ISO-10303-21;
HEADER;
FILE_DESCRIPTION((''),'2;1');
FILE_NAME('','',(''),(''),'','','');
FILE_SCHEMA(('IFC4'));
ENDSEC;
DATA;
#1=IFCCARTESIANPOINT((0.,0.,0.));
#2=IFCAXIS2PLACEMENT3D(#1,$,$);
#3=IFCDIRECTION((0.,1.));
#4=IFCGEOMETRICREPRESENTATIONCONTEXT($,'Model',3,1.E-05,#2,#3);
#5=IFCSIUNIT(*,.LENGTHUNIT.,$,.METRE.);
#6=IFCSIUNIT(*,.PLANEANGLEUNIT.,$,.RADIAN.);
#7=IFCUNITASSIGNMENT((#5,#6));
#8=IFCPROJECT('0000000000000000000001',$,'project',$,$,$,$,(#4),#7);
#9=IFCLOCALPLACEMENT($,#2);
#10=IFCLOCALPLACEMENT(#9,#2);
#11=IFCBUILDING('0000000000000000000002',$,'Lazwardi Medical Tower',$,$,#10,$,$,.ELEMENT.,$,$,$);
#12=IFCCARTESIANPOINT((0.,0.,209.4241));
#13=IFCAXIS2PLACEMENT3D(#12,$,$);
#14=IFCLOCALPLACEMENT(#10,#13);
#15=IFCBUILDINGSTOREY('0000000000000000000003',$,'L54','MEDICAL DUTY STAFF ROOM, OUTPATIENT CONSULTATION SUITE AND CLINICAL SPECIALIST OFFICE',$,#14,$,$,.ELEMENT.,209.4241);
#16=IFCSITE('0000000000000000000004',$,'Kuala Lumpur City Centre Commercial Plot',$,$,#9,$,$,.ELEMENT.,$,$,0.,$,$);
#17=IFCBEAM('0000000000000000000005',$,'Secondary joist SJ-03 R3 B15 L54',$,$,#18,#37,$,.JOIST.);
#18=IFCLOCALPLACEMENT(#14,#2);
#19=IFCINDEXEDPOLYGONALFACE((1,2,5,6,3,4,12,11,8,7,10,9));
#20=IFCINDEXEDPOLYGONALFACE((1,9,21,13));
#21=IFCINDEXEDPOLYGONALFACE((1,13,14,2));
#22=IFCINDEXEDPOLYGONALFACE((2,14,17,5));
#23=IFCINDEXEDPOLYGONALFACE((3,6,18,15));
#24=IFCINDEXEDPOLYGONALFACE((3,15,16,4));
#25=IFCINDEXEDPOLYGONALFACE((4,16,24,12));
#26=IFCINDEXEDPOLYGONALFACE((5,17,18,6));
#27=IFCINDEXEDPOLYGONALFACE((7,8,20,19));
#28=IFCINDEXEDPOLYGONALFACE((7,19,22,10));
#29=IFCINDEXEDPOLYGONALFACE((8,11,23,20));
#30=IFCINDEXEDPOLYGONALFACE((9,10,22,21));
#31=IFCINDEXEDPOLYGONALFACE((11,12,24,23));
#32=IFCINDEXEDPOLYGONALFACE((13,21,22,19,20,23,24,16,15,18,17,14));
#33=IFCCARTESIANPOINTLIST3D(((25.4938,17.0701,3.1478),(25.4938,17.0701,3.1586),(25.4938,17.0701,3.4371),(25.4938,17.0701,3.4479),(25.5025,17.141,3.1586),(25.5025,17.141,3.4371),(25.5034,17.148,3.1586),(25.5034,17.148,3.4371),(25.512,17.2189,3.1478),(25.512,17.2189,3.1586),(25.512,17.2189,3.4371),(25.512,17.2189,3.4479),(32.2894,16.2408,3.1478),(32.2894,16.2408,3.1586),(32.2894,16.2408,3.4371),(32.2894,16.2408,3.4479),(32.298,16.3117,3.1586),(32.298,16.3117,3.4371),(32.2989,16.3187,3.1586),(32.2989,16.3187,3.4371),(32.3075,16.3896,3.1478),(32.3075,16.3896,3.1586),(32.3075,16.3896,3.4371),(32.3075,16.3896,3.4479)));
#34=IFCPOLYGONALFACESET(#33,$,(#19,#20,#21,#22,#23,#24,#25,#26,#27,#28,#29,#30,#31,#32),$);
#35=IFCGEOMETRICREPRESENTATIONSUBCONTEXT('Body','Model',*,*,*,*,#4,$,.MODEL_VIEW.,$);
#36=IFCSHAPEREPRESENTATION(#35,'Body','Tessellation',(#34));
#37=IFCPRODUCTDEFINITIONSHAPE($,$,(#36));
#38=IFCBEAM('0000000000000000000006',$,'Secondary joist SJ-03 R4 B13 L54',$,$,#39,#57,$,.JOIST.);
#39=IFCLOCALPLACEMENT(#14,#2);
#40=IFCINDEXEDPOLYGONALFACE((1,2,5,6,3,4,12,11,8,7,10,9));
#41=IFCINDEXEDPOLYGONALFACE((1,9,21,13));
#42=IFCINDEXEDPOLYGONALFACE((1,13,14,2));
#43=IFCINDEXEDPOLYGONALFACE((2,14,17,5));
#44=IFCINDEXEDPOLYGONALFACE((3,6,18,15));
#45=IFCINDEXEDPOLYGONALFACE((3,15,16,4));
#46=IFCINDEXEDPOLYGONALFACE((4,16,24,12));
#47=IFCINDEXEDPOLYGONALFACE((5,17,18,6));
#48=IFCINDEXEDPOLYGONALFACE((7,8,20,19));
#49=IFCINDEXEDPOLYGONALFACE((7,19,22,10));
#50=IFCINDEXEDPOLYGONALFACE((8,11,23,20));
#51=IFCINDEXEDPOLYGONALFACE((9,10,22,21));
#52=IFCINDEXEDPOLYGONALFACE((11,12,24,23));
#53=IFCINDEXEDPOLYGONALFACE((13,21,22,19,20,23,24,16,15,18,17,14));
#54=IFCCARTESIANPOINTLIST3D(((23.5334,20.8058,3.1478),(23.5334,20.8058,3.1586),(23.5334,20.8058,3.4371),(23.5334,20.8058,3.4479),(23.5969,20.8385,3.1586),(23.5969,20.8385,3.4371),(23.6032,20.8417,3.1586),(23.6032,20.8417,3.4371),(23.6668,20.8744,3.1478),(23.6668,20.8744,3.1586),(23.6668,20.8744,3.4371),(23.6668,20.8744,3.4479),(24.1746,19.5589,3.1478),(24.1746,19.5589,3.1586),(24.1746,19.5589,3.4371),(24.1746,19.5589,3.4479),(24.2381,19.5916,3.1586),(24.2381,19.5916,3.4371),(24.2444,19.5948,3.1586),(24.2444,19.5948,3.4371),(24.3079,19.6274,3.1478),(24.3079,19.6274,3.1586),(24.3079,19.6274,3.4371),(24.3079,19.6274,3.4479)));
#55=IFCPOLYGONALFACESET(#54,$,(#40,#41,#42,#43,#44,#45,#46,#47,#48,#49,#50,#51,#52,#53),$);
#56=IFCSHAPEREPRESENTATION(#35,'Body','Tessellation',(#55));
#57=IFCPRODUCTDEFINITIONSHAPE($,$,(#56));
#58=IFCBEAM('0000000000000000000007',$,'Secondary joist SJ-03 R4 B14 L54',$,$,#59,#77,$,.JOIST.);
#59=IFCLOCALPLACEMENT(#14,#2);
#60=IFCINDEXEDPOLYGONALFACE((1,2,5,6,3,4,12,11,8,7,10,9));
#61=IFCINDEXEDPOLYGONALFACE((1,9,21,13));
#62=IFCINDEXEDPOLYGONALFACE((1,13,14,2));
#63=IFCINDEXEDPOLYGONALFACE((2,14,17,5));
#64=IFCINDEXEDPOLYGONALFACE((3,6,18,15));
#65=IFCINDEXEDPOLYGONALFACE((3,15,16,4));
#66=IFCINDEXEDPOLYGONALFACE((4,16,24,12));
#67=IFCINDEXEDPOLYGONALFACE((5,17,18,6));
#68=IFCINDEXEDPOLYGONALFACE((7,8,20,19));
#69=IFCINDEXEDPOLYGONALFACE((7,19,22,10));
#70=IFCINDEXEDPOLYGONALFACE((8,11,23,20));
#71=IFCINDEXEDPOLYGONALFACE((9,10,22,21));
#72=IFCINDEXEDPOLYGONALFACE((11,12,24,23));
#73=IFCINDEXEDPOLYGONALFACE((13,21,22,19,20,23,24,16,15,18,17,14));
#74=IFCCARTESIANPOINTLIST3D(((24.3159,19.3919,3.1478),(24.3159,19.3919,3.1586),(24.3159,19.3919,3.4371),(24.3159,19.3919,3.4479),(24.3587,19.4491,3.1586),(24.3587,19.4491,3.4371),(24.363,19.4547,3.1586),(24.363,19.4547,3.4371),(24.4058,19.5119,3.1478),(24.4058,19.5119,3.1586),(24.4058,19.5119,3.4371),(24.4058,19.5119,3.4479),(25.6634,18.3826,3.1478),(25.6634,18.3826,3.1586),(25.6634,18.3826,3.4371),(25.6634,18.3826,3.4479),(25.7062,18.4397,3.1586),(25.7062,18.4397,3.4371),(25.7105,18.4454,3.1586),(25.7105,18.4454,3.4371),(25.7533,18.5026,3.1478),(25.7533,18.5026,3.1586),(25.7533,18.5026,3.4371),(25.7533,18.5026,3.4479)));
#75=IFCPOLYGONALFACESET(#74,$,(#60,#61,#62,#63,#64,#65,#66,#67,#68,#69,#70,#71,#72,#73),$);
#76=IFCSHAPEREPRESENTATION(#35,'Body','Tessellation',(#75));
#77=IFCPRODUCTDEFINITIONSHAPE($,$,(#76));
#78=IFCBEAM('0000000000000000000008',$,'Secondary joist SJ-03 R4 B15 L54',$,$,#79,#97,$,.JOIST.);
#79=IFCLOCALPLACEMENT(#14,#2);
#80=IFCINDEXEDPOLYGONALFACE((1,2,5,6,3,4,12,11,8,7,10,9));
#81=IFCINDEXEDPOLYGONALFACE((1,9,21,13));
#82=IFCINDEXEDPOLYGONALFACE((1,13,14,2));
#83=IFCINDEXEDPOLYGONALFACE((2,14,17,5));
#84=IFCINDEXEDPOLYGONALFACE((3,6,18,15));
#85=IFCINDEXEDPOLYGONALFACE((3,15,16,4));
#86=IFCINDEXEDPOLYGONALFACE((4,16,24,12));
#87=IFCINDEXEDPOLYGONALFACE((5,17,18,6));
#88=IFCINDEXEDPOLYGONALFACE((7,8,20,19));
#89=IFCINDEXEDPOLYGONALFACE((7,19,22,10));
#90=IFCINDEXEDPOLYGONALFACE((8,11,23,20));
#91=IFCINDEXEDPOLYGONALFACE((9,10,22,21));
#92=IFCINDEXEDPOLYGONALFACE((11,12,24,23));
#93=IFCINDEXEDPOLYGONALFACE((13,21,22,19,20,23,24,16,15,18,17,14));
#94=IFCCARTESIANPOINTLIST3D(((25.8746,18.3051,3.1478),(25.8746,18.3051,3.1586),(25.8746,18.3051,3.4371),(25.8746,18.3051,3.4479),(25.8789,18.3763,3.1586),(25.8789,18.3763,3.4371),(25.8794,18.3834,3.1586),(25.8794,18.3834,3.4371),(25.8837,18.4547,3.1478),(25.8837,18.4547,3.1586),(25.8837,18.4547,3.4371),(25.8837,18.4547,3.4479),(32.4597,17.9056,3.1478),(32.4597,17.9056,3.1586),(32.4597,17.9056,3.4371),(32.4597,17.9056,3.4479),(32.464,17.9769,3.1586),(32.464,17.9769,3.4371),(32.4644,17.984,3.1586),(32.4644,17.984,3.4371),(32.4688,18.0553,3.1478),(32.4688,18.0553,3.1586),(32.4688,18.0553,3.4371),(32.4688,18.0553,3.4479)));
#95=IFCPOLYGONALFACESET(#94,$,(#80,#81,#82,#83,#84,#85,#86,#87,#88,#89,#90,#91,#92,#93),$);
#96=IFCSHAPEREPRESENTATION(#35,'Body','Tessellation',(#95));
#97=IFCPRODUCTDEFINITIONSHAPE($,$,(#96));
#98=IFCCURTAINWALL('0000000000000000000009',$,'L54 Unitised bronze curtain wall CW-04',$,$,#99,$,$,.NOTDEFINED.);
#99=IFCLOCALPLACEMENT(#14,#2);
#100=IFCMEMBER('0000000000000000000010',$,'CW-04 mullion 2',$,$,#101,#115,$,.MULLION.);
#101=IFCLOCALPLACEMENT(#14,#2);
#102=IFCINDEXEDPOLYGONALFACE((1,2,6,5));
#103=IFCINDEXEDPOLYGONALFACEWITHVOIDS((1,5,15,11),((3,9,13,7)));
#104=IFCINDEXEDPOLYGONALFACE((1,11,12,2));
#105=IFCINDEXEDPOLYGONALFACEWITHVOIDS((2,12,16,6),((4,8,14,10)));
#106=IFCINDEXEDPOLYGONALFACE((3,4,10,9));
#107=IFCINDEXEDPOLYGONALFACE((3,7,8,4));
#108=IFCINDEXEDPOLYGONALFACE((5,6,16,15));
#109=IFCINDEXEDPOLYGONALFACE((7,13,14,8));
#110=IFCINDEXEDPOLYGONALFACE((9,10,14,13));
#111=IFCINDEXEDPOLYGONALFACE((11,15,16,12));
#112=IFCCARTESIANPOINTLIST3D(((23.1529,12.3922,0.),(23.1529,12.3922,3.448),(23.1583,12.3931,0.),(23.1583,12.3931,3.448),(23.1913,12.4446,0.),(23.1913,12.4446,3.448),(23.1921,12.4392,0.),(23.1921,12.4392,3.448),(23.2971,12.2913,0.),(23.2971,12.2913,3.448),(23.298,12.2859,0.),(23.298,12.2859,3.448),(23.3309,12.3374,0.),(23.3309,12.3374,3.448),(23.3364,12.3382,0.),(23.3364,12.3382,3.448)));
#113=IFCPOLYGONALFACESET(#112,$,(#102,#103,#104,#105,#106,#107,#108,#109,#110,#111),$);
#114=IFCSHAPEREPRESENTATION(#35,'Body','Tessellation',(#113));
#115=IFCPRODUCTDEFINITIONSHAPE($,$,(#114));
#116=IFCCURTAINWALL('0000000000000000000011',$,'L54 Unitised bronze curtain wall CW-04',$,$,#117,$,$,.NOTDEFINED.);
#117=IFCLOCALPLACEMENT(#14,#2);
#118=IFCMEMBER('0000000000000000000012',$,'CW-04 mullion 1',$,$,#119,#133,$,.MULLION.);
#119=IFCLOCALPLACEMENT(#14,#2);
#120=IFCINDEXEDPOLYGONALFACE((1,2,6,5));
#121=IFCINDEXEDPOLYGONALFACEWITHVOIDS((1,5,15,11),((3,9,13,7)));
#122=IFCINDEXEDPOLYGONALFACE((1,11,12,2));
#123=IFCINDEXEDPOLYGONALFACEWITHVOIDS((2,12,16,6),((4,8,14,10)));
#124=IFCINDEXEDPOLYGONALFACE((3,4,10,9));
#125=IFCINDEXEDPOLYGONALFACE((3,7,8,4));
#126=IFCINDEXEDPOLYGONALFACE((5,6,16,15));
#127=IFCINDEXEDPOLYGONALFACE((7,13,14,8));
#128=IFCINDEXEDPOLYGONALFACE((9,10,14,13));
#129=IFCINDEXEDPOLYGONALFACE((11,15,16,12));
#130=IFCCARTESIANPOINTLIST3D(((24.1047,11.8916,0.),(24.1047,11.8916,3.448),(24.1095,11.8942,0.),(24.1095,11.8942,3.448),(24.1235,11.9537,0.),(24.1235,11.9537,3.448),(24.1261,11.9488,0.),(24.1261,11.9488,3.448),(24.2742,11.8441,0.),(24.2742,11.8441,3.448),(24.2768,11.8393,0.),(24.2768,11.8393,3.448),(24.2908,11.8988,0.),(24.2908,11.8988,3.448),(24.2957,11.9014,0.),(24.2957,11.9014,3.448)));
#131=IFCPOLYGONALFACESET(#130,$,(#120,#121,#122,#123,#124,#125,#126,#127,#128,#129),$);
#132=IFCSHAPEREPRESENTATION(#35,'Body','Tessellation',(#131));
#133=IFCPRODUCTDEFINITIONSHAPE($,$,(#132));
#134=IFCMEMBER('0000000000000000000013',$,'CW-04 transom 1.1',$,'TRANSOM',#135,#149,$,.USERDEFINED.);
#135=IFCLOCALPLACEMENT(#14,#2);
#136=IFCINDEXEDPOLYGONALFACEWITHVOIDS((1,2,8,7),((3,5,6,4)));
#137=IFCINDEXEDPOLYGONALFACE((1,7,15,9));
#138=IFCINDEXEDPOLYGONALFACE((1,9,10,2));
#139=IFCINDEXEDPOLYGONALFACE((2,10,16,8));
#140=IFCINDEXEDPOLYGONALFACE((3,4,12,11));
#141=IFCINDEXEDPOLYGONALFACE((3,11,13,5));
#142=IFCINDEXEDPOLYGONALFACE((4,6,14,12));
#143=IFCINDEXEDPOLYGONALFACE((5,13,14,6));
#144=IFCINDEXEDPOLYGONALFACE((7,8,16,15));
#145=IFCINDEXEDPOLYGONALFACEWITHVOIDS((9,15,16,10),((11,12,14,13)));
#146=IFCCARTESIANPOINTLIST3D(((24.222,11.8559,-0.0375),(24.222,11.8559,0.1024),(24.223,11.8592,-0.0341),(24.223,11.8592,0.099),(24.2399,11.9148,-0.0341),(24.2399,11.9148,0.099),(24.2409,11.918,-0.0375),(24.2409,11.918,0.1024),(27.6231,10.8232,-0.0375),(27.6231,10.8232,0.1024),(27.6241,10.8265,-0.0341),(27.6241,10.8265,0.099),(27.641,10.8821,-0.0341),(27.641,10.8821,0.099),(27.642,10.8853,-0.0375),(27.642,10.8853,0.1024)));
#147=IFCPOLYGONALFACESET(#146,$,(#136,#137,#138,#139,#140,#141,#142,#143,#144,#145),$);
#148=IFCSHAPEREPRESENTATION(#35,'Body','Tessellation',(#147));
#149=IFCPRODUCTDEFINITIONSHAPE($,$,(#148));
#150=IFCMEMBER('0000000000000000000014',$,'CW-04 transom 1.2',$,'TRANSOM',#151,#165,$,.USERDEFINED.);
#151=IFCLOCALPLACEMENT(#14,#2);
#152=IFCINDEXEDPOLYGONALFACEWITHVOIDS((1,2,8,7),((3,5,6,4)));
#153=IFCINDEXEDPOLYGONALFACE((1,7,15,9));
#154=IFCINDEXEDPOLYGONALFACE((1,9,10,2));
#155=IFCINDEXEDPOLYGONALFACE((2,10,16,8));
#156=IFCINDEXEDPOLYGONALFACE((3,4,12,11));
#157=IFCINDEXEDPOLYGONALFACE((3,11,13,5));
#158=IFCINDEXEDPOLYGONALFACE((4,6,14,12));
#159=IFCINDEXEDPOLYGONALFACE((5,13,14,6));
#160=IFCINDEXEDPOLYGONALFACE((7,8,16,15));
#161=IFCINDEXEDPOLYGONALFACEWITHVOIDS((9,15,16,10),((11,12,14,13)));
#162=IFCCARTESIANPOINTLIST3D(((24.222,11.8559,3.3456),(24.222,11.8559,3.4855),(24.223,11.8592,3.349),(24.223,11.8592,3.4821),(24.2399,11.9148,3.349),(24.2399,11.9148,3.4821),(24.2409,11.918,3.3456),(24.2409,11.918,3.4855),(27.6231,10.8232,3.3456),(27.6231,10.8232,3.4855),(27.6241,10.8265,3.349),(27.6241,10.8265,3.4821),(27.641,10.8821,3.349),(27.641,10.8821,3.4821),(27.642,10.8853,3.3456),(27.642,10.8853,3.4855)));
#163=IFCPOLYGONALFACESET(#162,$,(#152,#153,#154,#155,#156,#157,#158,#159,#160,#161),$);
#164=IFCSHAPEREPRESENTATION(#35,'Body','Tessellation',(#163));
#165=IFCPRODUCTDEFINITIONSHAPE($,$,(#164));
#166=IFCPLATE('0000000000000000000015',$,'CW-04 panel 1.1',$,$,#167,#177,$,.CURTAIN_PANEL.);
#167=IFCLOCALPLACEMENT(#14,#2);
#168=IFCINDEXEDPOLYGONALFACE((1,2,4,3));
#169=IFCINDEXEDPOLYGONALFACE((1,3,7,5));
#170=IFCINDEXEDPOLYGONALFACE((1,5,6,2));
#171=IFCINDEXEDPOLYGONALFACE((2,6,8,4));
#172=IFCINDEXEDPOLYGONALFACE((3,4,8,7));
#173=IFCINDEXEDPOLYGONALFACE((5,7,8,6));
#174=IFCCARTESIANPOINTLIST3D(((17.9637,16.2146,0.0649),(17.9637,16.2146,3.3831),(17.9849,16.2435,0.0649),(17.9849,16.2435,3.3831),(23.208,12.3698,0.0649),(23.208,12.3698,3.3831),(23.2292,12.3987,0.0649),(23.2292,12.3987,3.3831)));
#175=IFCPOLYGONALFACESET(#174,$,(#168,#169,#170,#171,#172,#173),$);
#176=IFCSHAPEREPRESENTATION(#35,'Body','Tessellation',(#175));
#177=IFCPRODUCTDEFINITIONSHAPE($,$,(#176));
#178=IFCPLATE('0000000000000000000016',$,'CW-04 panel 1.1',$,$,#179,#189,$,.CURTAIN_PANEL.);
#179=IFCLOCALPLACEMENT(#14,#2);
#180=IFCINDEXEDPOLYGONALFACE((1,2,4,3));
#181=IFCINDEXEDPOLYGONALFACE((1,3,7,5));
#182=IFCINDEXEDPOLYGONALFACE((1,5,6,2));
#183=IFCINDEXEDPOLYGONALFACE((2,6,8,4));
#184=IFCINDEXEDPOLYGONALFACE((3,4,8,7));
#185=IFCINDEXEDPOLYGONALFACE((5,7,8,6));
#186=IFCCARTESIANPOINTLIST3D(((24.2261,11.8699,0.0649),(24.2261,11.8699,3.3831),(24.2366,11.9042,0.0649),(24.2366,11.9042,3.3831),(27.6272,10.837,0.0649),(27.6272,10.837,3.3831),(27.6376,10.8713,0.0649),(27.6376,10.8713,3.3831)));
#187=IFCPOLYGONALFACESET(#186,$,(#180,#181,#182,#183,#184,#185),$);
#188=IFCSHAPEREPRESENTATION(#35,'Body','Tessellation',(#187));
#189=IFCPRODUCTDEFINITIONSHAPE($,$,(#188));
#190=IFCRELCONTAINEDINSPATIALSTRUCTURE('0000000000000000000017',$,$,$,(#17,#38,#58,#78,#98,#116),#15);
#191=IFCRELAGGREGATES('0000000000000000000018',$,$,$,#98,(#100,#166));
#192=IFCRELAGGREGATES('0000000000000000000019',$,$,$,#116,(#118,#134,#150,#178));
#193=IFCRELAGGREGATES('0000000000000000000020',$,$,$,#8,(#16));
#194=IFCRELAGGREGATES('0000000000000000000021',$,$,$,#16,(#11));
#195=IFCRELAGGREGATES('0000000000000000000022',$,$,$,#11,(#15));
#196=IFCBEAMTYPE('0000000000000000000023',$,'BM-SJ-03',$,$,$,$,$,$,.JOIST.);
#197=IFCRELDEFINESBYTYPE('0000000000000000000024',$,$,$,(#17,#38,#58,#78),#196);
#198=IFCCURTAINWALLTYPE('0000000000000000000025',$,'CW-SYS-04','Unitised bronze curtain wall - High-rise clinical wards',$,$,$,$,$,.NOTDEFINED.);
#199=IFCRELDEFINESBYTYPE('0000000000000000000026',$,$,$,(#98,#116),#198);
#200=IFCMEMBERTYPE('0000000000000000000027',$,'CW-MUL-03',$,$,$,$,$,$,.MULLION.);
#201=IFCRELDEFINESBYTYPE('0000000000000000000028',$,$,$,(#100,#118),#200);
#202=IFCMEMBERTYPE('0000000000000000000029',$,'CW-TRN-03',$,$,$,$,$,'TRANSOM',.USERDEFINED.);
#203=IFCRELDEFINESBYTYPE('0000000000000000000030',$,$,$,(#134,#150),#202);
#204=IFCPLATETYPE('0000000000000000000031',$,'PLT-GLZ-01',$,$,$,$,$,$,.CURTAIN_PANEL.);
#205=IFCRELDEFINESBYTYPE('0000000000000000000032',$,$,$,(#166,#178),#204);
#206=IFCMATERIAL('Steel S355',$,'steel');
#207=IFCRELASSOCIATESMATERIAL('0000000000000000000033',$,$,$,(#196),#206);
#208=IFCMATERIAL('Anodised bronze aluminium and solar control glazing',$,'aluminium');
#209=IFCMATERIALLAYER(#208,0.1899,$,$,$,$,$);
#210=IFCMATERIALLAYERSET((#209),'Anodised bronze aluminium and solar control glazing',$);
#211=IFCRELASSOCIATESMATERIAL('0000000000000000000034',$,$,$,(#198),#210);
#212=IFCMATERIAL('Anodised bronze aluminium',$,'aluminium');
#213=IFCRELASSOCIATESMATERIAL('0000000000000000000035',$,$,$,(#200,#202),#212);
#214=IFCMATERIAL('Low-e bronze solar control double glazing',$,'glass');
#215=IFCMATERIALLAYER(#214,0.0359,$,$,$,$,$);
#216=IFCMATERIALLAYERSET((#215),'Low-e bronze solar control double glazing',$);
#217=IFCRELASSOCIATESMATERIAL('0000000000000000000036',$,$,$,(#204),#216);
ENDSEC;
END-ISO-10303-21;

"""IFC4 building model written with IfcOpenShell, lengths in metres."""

from ifc_helpers import new_model, si_unit, direction, frame, origin, origin_2d, place, context, subcontext, project, spatial, rectangle, hollow_rectangle, i_section, extrude, material, layer, layer_set, material_profile, profile_set, type_object, element, aggregate, save


model = new_model("IFC4")

# Units and contexts
model_context = context("Model", 3, precision=1e-05, world=origin(), true_north=direction((0.0, 1.0)))
body_context = subcontext(model_context, "Body", "Model", "MODEL_VIEW")
ifc_project = project(units=[si_unit("LENGTHUNIT", "METRE"), si_unit("PLANEANGLEUNIT", "RADIAN")], contexts=[model_context])

# Site, building, storey
site_placement = place(None, origin())
site = spatial("IfcSite", under=ifc_project, at=site_placement, Name="Kuala Lumpur City Centre Commercial Plot", CompositionType="ELEMENT", RefElevation=0.0)
building_placement = place(site_placement, origin())
building = spatial("IfcBuilding", under=site, at=building_placement, Name="Lazwardi Medical Tower", CompositionType="ELEMENT")
storey_placement = place(building_placement, frame((0.0, 0.0, 209.4241)))
storey = spatial("IfcBuildingStorey", under=building, at=storey_placement, Name="L54", Description="MEDICAL DUTY STAFF ROOM, OUTPATIENT CONSULTATION SUITE AND CLINICAL SPECIALIST OFFICE", CompositionType="ELEMENT", Elevation=209.4241)

# Beams
ifc_material_1 = material(Name="Steel S355", Category="steel")
ifc_material_profile_1 = material_profile(ifc_material_1, i_section(OverallWidth=0.1499, OverallDepth=0.3, WebThickness=0.0071, FlangeThickness=0.0107, at=origin_2d()), Name="IPE 300")
ifc_profile_set_1 = profile_set([ifc_material_profile_1], Name="Steel S355")
beam_type_1 = type_object("IfcBeamType", Name="BM-SJ-03", PredefinedType="JOIST", material=ifc_profile_set_1)
beam_1_placement = place(storey_placement, frame((25.5029, 17.1445, 3.2979), z_axis=(0.992635, -0.121146, 0.0), x_axis=(0.121146, 0.992635, 0.0)))
element("IfcBeam", 1, at=beam_1_placement, inside=storey, type_object=beam_type_1, Name="Secondary joist SJ-03 R3 B15 L54", PredefinedType="JOIST", context=body_context, shape_type="SweptSolid", body=[
    extrude(i_section(OverallWidth=0.1499, OverallDepth=0.3, WebThickness=0.0071, FlangeThickness=0.0107, at=origin_2d()), origin(), (0.0, 0.0, 1.0), 6.8459),
])
beam_2_placement = place(storey_placement, frame((23.6001, 20.8401, 3.2979), z_axis=(0.457285, -0.88932, 0.0), x_axis=(0.88932, 0.457285, 0.0)))
element("IfcBeam", 2, at=beam_2_placement, inside=storey, type_object=beam_type_1, Name="Secondary joist SJ-03 R4 B13 L54", PredefinedType="JOIST", context=body_context, shape_type="SweptSolid", body=[
    extrude(i_section(OverallWidth=0.1499, OverallDepth=0.3, WebThickness=0.0071, FlangeThickness=0.0107, at=origin_2d()), origin(), (0.0, 0.0, 1.0), 1.4021),
])
beam_3_placement = place(storey_placement, frame((24.3608, 19.4519, 3.2979), z_axis=(0.800365, -0.599513, 0.0), x_axis=(0.599513, 0.800365, 0.0)))
element("IfcBeam", 3, at=beam_3_placement, inside=storey, type_object=beam_type_1, Name="Secondary joist SJ-03 R4 B14 L54", PredefinedType="JOIST", context=body_context, shape_type="SweptSolid", body=[
    extrude(i_section(OverallWidth=0.1499, OverallDepth=0.3, WebThickness=0.0071, FlangeThickness=0.0107, at=origin_2d()), origin(), (0.0, 0.0, 1.0), 1.6836),
])
beam_4_placement = place(storey_placement, frame((25.8792, 18.3799, 3.2979), z_axis=(0.998166, -0.060544, 0.0), x_axis=(0.060544, 0.998166, 0.0)))
element("IfcBeam", 4, at=beam_4_placement, inside=storey, type_object=beam_type_1, Name="Secondary joist SJ-03 R4 B15 L54", PredefinedType="JOIST", context=body_context, shape_type="SweptSolid", body=[
    extrude(i_section(OverallWidth=0.1499, OverallDepth=0.3, WebThickness=0.0071, FlangeThickness=0.0107, at=origin_2d()), origin(), (0.0, 0.0, 1.0), 6.5972),
])

# Curtain wall, member
ifc_material_2 = material(Name="Anodised bronze aluminium and solar control glazing", Category="aluminium")
ifc_layer_1 = layer(ifc_material_2, 0.1899)
ifc_layer_set_1 = layer_set([ifc_layer_1], Name="Anodised bronze aluminium and solar control glazing")
curtain_wall_type = type_object("IfcCurtainWallType", Name="CW-SYS-04", Description="Unitised bronze curtain wall - High-rise clinical wards", PredefinedType="NOTDEFINED", material=ifc_layer_set_1)
curtain_wall_1_placement = place(storey_placement, origin())
curtain_wall_1 = element("IfcCurtainWall", 5, at=curtain_wall_1_placement, inside=storey, type_object=curtain_wall_type, Name="L54 Unitised bronze curtain wall CW-04", PredefinedType="NOTDEFINED")
ifc_material_3 = material(Name="Anodised bronze aluminium", Category="aluminium")
ifc_material_profile_2 = material_profile(ifc_material_3, hollow_rectangle(XDim=0.0649, YDim=0.1799, WallThickness=0.0039, at=origin_2d()), Name="ALU-MULLION 180x65x4")
ifc_profile_set_2 = profile_set([ifc_material_profile_2], Name="Anodised bronze aluminium")
member_type_1 = type_object("IfcMemberType", Name="CW-MUL-03", PredefinedType="MULLION", material=ifc_profile_set_2)
member_1_placement = place(storey_placement, frame((23.2446, 12.3652, 0.0), z_axis=(0.0, 0.0, 1.0), x_axis=(0.591268, 0.806475, 0.0)))
member_1 = element("IfcMember", 6, at=member_1_placement, type_object=member_type_1, Name="CW-04 mullion 2", PredefinedType="MULLION", context=body_context, shape_type="SweptSolid", body=[
    extrude(hollow_rectangle(XDim=0.0649, YDim=0.1799, WallThickness=0.0039, at=origin_2d()), origin(), (0.0, 0.0, 1.0), 3.448),
])

# Curtain wall, members
curtain_wall_2_placement = place(storey_placement, origin())
curtain_wall_2 = element("IfcCurtainWall", 7, at=curtain_wall_2_placement, inside=storey, type_object=curtain_wall_type, Name="L54 Unitised bronze curtain wall CW-04", PredefinedType="NOTDEFINED")
member_2_placement = place(storey_placement, frame((24.2002, 11.8965, 0.0), z_axis=(0.0, 0.0, 1.0), x_axis=(0.290582, 0.95685, 0.0)))
member_2 = element("IfcMember", 8, at=member_2_placement, type_object=member_type_1, Name="CW-04 mullion 1", PredefinedType="MULLION", context=body_context, shape_type="SweptSolid", body=[
    extrude(hollow_rectangle(XDim=0.0649, YDim=0.1799, WallThickness=0.0039, at=origin_2d()), origin(), (0.0, 0.0, 1.0), 3.448),
])
ifc_material_profile_3 = material_profile(ifc_material_3, hollow_rectangle(XDim=0.0649, YDim=0.1399, WallThickness=0.0034, at=origin_2d()), Name="ALU-TRANSOM 140x65x3.5")
ifc_profile_set_3 = profile_set([ifc_material_profile_3], Name="Anodised bronze aluminium")
member_type_2 = type_object("IfcMemberType", Name="CW-TRN-03", ElementType="TRANSOM", PredefinedType="USERDEFINED", material=ifc_profile_set_3)
member_3_placement = place(storey_placement, frame((24.2314, 11.887, 0.0325), z_axis=(0.956863, -0.290541, 0.0), x_axis=(0.290541, 0.956863, 0.0)))
member_3 = element("IfcMember", 9, at=member_3_placement, type_object=member_type_2, Name="CW-04 transom 1.1", ObjectType="TRANSOM", PredefinedType="USERDEFINED", context=body_context, shape_type="SweptSolid", body=[
    extrude(hollow_rectangle(XDim=0.0649, YDim=0.1399, WallThickness=0.0034, at=origin_2d()), origin(), (0.0, 0.0, 1.0), 3.5544),
])
member_4_placement = place(storey_placement, frame((24.2314, 11.887, 3.4155), z_axis=(0.956863, -0.290541, 0.0), x_axis=(0.290541, 0.956863, 0.0)))
member_4 = element("IfcMember", 10, at=member_4_placement, type_object=member_type_2, Name="CW-04 transom 1.2", ObjectType="TRANSOM", PredefinedType="USERDEFINED", context=body_context, shape_type="SweptSolid", body=[
    extrude(hollow_rectangle(XDim=0.0649, YDim=0.1399, WallThickness=0.0034, at=origin_2d()), origin(), (0.0, 0.0, 1.0), 3.5544),
])

# Plates
ifc_material_4 = material(Name="Low-e bronze solar control double glazing", Category="glass")
ifc_layer_2 = layer(ifc_material_4, 0.0359)
ifc_layer_set_2 = layer_set([ifc_layer_2], Name="Low-e bronze solar control double glazing")
plate_type = type_object("IfcPlateType", Name="PLT-GLZ-01", PredefinedType="CURTAIN_PANEL", material=ifc_layer_set_2)
plate_1_placement = place(storey_placement, frame((20.5964, 14.3066, 0.0649), z_axis=(0.0, 0.0, 1.0), x_axis=(0.806475, -0.591268, 0.0)))
plate_1 = element("IfcPlate", 11, at=plate_1_placement, type_object=plate_type, Name="CW-04 panel 1.1", PredefinedType="CURTAIN_PANEL", context=body_context, shape_type="SweptSolid", body=[
    extrude(rectangle(XDim=6.5027, YDim=0.0359, at=origin_2d()), origin(), (0.0, 0.0, 1.0), 3.3181),
])
aggregate(curtain_wall_1, [member_1, plate_1])
plate_2_placement = place(storey_placement, frame((25.9319, 11.3706, 0.0649), z_axis=(0.0, 0.0, 1.0), x_axis=(0.95685, -0.290582, 0.0)))
plate_2 = element("IfcPlate", 12, at=plate_2_placement, type_object=plate_type, Name="CW-04 panel 1.1", PredefinedType="CURTAIN_PANEL", context=body_context, shape_type="SweptSolid", body=[
    extrude(rectangle(XDim=3.5544, YDim=0.0359, at=origin_2d()), origin(), (0.0, 0.0, 1.0), 3.3181),
])
aggregate(curtain_wall_2, [member_2, member_3, member_4, plate_2])

save(model, "model.ifc")
